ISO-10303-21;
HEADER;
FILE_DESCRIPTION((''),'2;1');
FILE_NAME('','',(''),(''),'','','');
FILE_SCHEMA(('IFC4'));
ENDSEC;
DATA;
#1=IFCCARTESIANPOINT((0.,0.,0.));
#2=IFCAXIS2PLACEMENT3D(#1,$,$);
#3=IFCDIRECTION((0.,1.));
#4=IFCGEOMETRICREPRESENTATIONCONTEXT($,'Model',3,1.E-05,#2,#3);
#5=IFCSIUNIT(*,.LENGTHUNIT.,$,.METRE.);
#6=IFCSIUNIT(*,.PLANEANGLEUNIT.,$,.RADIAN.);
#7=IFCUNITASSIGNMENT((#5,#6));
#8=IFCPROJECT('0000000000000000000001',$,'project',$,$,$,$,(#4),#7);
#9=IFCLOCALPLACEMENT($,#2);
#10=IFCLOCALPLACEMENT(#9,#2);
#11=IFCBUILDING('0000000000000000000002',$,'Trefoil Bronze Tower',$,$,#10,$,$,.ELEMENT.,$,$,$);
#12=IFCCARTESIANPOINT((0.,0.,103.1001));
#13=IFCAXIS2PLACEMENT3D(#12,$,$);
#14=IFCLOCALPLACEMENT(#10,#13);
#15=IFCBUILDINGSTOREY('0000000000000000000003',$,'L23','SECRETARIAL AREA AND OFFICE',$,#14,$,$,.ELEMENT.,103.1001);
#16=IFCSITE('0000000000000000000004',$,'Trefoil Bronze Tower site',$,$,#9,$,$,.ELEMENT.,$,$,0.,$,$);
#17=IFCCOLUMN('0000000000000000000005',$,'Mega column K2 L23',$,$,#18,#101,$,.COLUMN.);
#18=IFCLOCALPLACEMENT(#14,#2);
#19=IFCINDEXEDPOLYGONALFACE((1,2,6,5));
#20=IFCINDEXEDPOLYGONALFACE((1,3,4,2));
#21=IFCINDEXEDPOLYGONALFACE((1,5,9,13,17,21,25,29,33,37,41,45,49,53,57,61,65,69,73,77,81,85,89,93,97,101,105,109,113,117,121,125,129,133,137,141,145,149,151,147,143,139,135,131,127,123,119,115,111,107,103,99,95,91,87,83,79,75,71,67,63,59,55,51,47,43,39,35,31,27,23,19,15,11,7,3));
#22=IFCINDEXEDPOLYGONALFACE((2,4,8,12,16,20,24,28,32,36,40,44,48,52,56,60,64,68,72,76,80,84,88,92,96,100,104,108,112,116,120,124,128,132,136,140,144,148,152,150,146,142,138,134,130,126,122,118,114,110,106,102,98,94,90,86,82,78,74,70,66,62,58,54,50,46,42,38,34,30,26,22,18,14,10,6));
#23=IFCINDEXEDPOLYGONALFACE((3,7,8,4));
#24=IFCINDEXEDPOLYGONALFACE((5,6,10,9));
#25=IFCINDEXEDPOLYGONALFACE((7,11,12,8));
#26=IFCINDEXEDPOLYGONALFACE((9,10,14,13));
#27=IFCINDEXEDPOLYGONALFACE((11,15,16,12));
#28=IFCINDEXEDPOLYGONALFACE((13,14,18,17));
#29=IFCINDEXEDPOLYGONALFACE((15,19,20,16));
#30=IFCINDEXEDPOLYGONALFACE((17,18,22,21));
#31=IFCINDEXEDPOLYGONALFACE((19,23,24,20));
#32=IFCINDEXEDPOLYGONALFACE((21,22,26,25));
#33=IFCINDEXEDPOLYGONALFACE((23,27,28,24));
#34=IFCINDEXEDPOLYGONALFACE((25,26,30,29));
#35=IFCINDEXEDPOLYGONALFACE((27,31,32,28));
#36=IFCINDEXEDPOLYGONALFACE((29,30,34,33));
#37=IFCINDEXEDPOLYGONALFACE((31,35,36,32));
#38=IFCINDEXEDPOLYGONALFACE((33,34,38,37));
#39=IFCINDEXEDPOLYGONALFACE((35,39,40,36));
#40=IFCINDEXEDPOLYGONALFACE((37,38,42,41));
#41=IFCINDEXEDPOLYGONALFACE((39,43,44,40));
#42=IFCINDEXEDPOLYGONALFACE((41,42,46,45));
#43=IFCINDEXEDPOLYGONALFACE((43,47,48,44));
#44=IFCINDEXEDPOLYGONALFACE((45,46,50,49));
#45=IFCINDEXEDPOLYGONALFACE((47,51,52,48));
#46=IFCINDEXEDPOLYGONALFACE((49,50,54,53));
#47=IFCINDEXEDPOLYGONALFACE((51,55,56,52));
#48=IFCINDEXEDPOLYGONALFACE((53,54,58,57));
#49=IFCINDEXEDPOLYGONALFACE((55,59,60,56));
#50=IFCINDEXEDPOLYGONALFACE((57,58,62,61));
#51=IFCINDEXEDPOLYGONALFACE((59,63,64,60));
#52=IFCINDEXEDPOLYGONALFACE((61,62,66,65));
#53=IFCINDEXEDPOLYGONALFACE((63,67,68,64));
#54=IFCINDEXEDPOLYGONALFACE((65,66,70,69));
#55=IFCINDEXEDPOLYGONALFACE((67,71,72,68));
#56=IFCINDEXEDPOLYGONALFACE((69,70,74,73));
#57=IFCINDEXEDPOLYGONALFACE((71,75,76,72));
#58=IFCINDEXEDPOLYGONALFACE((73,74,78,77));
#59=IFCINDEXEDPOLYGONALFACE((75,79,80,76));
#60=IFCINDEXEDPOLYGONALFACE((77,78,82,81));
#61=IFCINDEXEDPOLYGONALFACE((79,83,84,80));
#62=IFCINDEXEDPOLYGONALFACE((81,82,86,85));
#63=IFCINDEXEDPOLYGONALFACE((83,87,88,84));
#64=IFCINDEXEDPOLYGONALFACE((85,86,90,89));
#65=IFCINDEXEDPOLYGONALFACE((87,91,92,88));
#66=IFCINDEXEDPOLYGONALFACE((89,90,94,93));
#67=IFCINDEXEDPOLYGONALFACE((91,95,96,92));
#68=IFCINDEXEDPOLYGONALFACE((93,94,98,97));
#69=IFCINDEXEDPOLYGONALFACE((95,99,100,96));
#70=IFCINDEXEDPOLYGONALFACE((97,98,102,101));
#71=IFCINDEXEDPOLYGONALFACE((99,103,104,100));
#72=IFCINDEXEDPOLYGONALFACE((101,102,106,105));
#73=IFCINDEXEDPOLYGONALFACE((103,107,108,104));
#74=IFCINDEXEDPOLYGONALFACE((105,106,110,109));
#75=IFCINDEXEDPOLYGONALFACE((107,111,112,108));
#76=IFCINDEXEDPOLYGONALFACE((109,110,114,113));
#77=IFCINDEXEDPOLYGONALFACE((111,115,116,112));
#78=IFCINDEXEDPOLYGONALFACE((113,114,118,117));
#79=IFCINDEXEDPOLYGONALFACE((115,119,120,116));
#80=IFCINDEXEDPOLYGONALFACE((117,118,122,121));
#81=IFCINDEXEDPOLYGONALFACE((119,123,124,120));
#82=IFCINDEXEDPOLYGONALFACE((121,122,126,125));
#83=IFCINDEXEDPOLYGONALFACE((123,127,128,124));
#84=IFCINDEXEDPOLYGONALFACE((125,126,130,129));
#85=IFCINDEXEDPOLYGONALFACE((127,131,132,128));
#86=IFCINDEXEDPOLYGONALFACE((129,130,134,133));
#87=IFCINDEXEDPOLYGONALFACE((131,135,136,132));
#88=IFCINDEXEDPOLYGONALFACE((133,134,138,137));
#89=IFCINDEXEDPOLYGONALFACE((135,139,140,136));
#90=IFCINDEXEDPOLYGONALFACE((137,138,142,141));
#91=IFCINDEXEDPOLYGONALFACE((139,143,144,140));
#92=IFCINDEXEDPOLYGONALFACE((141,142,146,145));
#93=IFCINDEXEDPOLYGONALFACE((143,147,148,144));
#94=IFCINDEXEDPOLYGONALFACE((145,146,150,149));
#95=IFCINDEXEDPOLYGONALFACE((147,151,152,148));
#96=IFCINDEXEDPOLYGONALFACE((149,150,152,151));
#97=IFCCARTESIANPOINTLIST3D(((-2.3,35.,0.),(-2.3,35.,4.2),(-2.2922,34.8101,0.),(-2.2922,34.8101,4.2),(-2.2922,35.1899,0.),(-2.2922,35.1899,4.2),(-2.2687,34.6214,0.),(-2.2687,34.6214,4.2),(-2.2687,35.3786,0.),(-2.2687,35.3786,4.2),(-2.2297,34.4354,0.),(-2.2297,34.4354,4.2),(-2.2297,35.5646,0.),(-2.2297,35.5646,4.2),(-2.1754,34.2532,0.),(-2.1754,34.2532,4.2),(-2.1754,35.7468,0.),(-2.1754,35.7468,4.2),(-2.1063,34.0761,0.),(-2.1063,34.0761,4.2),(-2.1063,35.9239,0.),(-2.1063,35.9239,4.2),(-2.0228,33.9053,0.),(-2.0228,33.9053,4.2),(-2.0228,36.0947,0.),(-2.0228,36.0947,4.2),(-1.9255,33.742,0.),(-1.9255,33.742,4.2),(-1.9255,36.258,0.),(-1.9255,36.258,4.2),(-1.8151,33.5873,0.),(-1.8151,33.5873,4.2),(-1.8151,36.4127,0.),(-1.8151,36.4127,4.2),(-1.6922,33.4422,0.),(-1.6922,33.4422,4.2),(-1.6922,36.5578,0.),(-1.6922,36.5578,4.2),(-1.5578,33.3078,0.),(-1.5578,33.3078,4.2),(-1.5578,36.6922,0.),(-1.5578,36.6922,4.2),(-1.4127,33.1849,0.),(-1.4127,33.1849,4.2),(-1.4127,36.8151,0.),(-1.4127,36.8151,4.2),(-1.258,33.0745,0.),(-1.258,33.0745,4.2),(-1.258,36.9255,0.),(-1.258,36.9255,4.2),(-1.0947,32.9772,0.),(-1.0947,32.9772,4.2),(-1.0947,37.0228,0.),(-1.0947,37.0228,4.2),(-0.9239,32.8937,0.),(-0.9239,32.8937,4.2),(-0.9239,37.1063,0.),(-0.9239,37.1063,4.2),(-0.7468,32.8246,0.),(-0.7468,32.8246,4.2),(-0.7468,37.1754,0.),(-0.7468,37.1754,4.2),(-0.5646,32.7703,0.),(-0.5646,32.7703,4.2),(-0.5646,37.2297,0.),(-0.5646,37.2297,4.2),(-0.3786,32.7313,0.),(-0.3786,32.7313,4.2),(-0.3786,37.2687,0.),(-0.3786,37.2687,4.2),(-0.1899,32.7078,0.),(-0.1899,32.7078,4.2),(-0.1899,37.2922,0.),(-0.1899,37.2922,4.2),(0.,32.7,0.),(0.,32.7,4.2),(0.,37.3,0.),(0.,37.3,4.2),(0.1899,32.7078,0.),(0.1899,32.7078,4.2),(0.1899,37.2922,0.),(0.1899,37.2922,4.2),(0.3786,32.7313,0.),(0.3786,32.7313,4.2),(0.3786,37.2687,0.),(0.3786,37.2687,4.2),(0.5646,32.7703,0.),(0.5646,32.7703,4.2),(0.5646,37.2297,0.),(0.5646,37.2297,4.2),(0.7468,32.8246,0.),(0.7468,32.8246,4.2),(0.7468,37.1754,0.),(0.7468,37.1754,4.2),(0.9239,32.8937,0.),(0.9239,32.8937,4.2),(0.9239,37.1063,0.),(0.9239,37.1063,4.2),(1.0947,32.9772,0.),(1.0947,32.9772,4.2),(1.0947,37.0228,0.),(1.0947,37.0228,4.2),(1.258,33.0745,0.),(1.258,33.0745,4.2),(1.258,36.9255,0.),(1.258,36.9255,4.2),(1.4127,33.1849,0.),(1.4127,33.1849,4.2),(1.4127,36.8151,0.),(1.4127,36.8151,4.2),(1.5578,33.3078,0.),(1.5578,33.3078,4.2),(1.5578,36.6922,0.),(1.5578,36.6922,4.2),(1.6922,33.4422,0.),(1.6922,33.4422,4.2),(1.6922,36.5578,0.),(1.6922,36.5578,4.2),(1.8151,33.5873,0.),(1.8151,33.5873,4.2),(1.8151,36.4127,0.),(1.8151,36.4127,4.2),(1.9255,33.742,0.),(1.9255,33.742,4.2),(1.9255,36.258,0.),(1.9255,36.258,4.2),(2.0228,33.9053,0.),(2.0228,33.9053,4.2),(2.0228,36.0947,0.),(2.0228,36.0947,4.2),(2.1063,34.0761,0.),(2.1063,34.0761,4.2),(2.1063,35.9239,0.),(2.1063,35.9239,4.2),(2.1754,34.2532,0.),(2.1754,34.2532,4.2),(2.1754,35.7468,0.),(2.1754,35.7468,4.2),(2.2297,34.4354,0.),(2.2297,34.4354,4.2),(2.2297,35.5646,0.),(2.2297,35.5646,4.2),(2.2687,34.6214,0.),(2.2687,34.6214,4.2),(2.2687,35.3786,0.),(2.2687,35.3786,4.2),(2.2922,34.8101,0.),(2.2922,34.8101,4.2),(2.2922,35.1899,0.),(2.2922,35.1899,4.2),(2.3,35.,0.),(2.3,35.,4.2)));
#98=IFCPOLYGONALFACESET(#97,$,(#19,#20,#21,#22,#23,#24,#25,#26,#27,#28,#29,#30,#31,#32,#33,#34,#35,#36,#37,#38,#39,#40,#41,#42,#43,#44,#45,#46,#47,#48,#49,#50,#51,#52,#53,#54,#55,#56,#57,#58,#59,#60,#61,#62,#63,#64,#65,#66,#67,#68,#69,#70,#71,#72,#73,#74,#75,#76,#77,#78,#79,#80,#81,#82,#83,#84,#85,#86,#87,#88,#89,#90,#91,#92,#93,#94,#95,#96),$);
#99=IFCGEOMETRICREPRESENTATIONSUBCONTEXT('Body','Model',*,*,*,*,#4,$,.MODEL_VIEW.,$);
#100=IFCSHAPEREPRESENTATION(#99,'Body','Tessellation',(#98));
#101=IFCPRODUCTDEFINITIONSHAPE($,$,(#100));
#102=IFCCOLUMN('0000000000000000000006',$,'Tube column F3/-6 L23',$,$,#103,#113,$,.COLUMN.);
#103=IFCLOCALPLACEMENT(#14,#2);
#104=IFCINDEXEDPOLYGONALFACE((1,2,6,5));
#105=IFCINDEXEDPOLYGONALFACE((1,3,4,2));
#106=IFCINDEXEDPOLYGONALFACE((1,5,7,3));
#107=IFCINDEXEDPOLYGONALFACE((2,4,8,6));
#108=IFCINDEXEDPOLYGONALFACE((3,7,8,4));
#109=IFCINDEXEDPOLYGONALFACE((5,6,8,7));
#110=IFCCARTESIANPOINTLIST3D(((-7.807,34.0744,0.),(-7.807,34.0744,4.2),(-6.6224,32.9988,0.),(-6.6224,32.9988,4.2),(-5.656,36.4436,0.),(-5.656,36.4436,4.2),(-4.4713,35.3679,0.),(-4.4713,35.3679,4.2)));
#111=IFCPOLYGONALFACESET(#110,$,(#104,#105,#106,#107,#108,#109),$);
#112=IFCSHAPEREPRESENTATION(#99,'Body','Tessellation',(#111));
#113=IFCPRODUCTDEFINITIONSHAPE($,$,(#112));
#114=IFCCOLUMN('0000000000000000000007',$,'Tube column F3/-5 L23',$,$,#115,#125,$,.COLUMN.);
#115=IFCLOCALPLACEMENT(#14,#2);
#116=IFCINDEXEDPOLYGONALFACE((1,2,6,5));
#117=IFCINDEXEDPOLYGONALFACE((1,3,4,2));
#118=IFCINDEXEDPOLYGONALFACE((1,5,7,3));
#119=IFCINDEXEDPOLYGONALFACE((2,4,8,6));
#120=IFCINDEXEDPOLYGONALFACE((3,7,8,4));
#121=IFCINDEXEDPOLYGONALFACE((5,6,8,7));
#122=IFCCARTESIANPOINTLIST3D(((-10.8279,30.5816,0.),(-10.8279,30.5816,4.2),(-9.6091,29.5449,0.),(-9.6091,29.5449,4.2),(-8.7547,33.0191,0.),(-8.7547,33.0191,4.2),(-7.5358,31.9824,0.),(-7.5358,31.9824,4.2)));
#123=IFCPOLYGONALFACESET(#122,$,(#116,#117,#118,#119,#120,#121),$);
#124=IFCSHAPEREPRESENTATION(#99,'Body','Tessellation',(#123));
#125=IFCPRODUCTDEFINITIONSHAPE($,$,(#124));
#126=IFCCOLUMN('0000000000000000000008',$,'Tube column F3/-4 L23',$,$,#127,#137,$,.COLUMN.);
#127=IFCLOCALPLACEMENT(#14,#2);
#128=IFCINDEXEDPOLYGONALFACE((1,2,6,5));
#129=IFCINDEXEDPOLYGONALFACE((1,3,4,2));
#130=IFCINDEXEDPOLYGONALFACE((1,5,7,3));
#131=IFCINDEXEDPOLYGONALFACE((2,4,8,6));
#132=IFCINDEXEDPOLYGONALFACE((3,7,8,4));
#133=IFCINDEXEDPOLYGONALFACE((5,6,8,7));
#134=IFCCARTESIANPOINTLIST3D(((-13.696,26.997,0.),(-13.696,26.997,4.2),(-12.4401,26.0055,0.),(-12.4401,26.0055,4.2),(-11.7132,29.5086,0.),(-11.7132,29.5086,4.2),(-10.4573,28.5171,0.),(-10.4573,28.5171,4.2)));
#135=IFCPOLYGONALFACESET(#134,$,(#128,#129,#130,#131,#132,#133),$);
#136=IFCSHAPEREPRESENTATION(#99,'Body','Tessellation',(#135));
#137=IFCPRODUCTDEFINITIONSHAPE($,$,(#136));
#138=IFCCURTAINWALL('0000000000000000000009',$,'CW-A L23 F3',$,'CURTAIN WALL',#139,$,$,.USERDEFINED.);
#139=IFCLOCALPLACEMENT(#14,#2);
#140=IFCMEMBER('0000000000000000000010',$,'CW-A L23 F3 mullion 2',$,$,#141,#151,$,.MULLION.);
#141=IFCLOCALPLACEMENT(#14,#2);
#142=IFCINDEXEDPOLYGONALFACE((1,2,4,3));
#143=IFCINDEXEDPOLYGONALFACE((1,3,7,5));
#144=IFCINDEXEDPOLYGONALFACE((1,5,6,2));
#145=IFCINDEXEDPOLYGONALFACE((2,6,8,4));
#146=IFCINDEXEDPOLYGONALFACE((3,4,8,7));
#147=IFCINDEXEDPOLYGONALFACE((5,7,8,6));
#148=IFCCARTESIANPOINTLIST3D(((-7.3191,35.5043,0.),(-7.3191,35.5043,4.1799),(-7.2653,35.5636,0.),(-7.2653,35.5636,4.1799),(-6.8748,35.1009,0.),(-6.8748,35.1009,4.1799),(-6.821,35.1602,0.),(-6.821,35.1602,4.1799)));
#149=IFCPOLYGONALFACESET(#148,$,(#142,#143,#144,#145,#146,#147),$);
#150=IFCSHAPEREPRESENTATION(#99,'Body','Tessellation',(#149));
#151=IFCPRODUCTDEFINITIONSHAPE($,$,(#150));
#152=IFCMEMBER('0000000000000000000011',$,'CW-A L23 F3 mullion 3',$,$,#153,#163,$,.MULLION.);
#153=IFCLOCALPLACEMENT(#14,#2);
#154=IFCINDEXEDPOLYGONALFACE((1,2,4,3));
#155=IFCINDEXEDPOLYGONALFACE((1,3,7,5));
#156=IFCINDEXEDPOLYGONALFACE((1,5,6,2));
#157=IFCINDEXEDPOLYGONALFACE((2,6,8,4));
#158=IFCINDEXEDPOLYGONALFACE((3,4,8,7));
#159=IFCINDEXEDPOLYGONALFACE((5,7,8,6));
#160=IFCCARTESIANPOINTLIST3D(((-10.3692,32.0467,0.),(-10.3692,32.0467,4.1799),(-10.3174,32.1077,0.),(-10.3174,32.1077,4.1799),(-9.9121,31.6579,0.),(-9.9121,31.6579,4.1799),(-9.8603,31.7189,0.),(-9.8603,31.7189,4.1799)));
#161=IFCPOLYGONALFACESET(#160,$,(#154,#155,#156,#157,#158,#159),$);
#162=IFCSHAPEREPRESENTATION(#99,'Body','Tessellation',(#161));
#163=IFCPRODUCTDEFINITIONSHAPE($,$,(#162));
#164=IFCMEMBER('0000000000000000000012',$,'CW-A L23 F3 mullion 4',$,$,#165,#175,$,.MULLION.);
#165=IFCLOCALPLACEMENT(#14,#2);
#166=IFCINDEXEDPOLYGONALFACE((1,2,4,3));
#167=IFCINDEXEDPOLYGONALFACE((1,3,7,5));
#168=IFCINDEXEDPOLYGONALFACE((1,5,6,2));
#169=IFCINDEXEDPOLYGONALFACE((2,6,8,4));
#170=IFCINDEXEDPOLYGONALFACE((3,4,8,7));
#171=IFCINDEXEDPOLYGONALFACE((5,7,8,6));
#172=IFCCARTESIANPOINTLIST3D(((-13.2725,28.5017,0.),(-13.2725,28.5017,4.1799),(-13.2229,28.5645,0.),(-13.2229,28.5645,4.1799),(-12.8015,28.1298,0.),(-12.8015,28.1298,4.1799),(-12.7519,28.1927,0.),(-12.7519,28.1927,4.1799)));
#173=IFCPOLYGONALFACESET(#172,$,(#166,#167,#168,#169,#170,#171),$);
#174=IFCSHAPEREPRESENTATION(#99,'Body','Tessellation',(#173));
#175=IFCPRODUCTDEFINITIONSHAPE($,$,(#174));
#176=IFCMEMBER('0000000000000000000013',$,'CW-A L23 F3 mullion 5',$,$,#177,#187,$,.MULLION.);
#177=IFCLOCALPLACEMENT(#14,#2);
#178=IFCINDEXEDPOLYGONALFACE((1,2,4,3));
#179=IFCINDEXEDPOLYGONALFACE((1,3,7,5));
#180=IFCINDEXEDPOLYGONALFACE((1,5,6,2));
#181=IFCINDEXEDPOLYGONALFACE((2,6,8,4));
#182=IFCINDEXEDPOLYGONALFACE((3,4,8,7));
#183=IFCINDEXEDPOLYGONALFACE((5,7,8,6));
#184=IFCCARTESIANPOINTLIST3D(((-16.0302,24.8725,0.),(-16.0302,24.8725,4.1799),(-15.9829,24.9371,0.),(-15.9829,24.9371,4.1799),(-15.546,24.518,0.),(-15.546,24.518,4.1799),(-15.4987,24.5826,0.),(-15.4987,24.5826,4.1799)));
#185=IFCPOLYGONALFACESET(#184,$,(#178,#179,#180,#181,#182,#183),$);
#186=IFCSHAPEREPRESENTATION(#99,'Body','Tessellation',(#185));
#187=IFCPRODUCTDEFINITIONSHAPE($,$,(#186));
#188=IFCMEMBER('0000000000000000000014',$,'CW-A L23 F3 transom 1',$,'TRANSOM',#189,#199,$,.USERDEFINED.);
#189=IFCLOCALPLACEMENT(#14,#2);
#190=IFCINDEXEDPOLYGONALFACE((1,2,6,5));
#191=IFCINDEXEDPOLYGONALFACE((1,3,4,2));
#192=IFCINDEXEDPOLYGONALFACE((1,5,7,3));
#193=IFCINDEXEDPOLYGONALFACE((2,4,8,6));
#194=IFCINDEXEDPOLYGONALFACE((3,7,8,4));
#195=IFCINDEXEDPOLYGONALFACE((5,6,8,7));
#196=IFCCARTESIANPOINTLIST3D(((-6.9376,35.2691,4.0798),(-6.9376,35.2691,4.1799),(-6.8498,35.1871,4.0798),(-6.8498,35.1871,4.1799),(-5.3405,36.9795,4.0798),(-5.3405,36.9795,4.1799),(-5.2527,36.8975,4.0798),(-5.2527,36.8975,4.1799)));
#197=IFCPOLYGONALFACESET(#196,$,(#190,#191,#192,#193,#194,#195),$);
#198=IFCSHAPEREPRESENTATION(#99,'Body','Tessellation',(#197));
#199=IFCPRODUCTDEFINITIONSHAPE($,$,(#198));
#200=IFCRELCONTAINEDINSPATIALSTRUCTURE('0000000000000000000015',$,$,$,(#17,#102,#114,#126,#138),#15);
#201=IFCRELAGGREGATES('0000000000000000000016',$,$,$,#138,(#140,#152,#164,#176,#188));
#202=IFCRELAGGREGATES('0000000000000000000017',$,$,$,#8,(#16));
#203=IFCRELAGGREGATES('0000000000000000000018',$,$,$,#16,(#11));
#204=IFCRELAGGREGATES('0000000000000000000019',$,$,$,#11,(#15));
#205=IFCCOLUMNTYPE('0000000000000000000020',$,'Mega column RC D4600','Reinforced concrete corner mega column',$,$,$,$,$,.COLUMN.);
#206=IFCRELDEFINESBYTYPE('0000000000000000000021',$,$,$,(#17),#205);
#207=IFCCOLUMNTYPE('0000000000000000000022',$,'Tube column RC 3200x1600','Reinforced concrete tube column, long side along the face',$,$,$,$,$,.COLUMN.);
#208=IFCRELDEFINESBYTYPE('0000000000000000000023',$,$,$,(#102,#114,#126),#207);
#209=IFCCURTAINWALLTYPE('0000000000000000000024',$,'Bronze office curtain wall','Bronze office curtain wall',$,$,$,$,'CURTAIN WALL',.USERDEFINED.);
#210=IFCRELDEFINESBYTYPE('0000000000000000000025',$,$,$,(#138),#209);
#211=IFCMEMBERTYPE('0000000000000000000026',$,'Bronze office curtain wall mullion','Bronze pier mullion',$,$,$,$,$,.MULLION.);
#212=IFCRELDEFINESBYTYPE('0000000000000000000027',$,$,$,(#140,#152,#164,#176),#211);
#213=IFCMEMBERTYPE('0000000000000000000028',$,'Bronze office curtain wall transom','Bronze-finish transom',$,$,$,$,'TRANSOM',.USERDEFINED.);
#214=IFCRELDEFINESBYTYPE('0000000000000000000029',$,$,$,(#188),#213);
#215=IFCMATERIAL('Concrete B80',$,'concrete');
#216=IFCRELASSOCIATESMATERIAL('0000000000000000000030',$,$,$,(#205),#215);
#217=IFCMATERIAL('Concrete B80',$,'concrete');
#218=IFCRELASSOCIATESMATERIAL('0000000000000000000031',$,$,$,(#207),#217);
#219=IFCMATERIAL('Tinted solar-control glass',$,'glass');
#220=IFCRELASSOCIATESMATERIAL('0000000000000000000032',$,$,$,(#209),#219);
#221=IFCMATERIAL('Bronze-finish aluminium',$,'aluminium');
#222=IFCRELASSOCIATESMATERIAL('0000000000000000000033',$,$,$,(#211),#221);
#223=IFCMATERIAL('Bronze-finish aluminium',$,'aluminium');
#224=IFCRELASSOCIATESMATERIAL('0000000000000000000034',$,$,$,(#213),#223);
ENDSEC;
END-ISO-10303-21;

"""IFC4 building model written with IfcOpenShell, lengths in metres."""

from ifc_helpers import new_model, si_unit, direction, frame, origin, origin_2d, place, context, subcontext, project, spatial, rectangle, circle, extrude, material, material_profile, profile_set, type_object, element, aggregate, save


model = new_model("IFC4")

# Units and contexts
model_context = context("Model", 3, precision=1e-05, world=origin(), true_north=direction((0.0, 1.0)))
body_context = subcontext(model_context, "Body", "Model", "MODEL_VIEW")
ifc_project = project(units=[si_unit("LENGTHUNIT", "METRE"), si_unit("PLANEANGLEUNIT", "RADIAN")], contexts=[model_context])

# Site, building, storey
site_placement = place(None, origin())
site = spatial("IfcSite", under=ifc_project, at=site_placement, Name="Trefoil Bronze Tower site", CompositionType="ELEMENT", RefElevation=0.0)
building_placement = place(site_placement, origin())
building = spatial("IfcBuilding", under=site, at=building_placement, Name="Trefoil Bronze Tower", CompositionType="ELEMENT")
storey_placement = place(building_placement, frame((0.0, 0.0, 103.1001)))
storey = spatial("IfcBuildingStorey", under=building, at=storey_placement, Name="L23", Description="SECRETARIAL AREA AND OFFICE", CompositionType="ELEMENT", Elevation=103.1001)

# Columns
ifc_material_1 = material(Name="Concrete B80", Category="concrete")
ifc_material_profile_1 = material_profile(ifc_material_1, circle(Radius=2.3, at=origin_2d()), Name="RC D4600")
ifc_profile_set_1 = profile_set([ifc_material_profile_1], Name="Concrete B80")
column_type_1 = type_object("IfcColumnType", Name="Mega column RC D4600", Description="Reinforced concrete corner mega column", PredefinedType="COLUMN", material=ifc_profile_set_1)
column_placement = place(storey_placement, frame((0.0, 35.0, 0.0), z_axis=(0.0, 0.0, 1.0), x_axis=(1.0, 0.0, 0.0)))
element("IfcColumn", 1, at=column_placement, inside=storey, type_object=column_type_1, Name="Mega column K2 L23", PredefinedType="COLUMN", context=body_context, shape_type="SweptSolid", body=[
    extrude(circle(Radius=2.3, at=origin_2d()), origin(), (0.0, 0.0, 1.0), 4.2),
])
ifc_material_2 = material(Name="Concrete B80", Category="concrete")
ifc_material_profile_2 = material_profile(ifc_material_2, rectangle(XDim=3.2, YDim=1.6001, at=origin_2d()), Name="RC 3200x1600")
ifc_profile_set_2 = profile_set([ifc_material_profile_2], Name="Concrete B80")
column_type_2 = type_object("IfcColumnType", Name="Tube column RC 3200x1600", Description="Reinforced concrete tube column, long side along the face", PredefinedType="COLUMN", material=ifc_profile_set_2)
for number, where, z_axis, x_axis, name in (
    (2, (-6.1392, 34.7212, 0.0), (0.0, 0.0, 1.0), (-0.67221, -0.740361, 0.0), "Tube column F3/-6 L23"),
    (3, (-9.1819, 31.282, 0.0), (0.0, 0.0, 1.0), (-0.647904, -0.761722, 0.0), "Tube column F3/-5 L23"),
    (4, (-12.0767, 27.7571, 0.0), (0.0, 0.0, 1.0), (-0.619649, -0.784879, 0.0), "Tube column F3/-4 L23"),
):
    element("IfcColumn", number, at=place(storey_placement, frame(where, z_axis=z_axis, x_axis=x_axis)), inside=storey, type_object=column_type_2, Name=name, PredefinedType="COLUMN", context=body_context, shape_type="SweptSolid", body=[
        extrude(rectangle(XDim=3.2, YDim=1.6001, at=origin_2d()), origin(), (0.0, 0.0, 1.0), 4.2),
    ])

# Curtain wall, members
ifc_material_3 = material(Name="Tinted solar-control glass", Category="glass")
curtain_wall_type_1 = type_object("IfcCurtainWallType", Name="Bronze office curtain wall", Description="Bronze office curtain wall", ElementType="CURTAIN WALL", PredefinedType="USERDEFINED", material=ifc_material_3)
curtain_wall_1_placement = place(storey_placement, origin())
curtain_wall_1 = element("IfcCurtainWall", 5, at=curtain_wall_1_placement, inside=storey, type_object=curtain_wall_type_1, Name="CW-A L23 F3", ObjectType="CURTAIN WALL", PredefinedType="USERDEFINED")
ifc_material_4 = material(Name="Bronze-finish aluminium", Category="aluminium")
ifc_material_profile_3 = material_profile(ifc_material_4, rectangle(XDim=0.6001, YDim=0.0801, at=origin_2d()), Name="CW-A mullion")
ifc_profile_set_3 = profile_set([ifc_material_profile_3], Name="Bronze-finish aluminium")
member_type_1 = type_object("IfcMemberType", Name="Bronze office curtain wall mullion", Description="Bronze pier mullion", PredefinedType="MULLION", material=ifc_profile_set_3)
member_1_placement = place(storey_placement, frame((-7.0701, 35.3323, 0.0), z_axis=(0.0, 0.0, 1.0), x_axis=(0.740361, -0.67221, 0.0)))
member_1 = element("IfcMember", 6, at=member_1_placement, type_object=member_type_1, Name="CW-A L23 F3 mullion 2", PredefinedType="MULLION", context=body_context, shape_type="SweptSolid", body=[
    extrude(rectangle(XDim=0.6001, YDim=0.0801, at=origin_2d()), origin(), (0.0, 0.0, 1.0), 4.1799),
])
member_2_placement = place(storey_placement, frame((-10.1147, 31.8828, 0.0), z_axis=(0.0, 0.0, 1.0), x_axis=(0.761722, -0.647904, 0.0)))
member_2 = element("IfcMember", 7, at=member_2_placement, type_object=member_type_1, Name="CW-A L23 F3 mullion 3", PredefinedType="MULLION", context=body_context, shape_type="SweptSolid", body=[
    extrude(rectangle(XDim=0.6001, YDim=0.0801, at=origin_2d()), origin(), (0.0, 0.0, 1.0), 4.1799),
])
member_3_placement = place(storey_placement, frame((-13.0122, 28.3472, 0.0), z_axis=(0.0, 0.0, 1.0), x_axis=(0.784879, -0.619649, 0.0)))
member_3 = element("IfcMember", 8, at=member_3_placement, type_object=member_type_1, Name="CW-A L23 F3 mullion 4", PredefinedType="MULLION", context=body_context, shape_type="SweptSolid", body=[
    extrude(rectangle(XDim=0.6001, YDim=0.0801, at=origin_2d()), origin(), (0.0, 0.0, 1.0), 4.1799),
])
member_4_placement = place(storey_placement, frame((-15.7644, 24.7275, 0.0), z_axis=(0.0, 0.0, 1.0), x_axis=(0.806875, -0.590723, 0.0)))
member_4 = element("IfcMember", 9, at=member_4_placement, type_object=member_type_1, Name="CW-A L23 F3 mullion 5", PredefinedType="MULLION", context=body_context, shape_type="SweptSolid", body=[
    extrude(rectangle(XDim=0.6001, YDim=0.0801, at=origin_2d()), origin(), (0.0, 0.0, 1.0), 4.1799),
])
ifc_material_5 = material(Name="Bronze-finish aluminium", Category="aluminium")
ifc_material_profile_4 = material_profile(ifc_material_5, rectangle(XDim=0.1201, YDim=0.1001, at=origin_2d()), Name="CW-A transom")
ifc_profile_set_4 = profile_set([ifc_material_profile_4], Name="Bronze-finish aluminium")
member_type_2 = type_object("IfcMemberType", Name="Bronze office curtain wall transom", Description="Bronze-finish transom", ElementType="TRANSOM", PredefinedType="USERDEFINED", material=ifc_profile_set_4)
member_5_placement = place(storey_placement, frame((-5.2966, 36.9385, 4.1299), z_axis=(-0.682489, -0.730896, 0.0), x_axis=(0.730896, -0.682489, 0.0)))
member_5 = element("IfcMember", 10, at=member_5_placement, type_object=member_type_2, Name="CW-A L23 F3 transom 1", ObjectType="TRANSOM", PredefinedType="USERDEFINED", context=body_context, shape_type="SweptSolid", body=[
    extrude(rectangle(XDim=0.1201, YDim=0.1001, at=origin_2d()), origin(), (0.0, 0.0, 1.0), 2.3401),
])

aggregate(curtain_wall_1, [member_1, member_2, member_3, member_4, member_5])

save(model, "model.ifc")
